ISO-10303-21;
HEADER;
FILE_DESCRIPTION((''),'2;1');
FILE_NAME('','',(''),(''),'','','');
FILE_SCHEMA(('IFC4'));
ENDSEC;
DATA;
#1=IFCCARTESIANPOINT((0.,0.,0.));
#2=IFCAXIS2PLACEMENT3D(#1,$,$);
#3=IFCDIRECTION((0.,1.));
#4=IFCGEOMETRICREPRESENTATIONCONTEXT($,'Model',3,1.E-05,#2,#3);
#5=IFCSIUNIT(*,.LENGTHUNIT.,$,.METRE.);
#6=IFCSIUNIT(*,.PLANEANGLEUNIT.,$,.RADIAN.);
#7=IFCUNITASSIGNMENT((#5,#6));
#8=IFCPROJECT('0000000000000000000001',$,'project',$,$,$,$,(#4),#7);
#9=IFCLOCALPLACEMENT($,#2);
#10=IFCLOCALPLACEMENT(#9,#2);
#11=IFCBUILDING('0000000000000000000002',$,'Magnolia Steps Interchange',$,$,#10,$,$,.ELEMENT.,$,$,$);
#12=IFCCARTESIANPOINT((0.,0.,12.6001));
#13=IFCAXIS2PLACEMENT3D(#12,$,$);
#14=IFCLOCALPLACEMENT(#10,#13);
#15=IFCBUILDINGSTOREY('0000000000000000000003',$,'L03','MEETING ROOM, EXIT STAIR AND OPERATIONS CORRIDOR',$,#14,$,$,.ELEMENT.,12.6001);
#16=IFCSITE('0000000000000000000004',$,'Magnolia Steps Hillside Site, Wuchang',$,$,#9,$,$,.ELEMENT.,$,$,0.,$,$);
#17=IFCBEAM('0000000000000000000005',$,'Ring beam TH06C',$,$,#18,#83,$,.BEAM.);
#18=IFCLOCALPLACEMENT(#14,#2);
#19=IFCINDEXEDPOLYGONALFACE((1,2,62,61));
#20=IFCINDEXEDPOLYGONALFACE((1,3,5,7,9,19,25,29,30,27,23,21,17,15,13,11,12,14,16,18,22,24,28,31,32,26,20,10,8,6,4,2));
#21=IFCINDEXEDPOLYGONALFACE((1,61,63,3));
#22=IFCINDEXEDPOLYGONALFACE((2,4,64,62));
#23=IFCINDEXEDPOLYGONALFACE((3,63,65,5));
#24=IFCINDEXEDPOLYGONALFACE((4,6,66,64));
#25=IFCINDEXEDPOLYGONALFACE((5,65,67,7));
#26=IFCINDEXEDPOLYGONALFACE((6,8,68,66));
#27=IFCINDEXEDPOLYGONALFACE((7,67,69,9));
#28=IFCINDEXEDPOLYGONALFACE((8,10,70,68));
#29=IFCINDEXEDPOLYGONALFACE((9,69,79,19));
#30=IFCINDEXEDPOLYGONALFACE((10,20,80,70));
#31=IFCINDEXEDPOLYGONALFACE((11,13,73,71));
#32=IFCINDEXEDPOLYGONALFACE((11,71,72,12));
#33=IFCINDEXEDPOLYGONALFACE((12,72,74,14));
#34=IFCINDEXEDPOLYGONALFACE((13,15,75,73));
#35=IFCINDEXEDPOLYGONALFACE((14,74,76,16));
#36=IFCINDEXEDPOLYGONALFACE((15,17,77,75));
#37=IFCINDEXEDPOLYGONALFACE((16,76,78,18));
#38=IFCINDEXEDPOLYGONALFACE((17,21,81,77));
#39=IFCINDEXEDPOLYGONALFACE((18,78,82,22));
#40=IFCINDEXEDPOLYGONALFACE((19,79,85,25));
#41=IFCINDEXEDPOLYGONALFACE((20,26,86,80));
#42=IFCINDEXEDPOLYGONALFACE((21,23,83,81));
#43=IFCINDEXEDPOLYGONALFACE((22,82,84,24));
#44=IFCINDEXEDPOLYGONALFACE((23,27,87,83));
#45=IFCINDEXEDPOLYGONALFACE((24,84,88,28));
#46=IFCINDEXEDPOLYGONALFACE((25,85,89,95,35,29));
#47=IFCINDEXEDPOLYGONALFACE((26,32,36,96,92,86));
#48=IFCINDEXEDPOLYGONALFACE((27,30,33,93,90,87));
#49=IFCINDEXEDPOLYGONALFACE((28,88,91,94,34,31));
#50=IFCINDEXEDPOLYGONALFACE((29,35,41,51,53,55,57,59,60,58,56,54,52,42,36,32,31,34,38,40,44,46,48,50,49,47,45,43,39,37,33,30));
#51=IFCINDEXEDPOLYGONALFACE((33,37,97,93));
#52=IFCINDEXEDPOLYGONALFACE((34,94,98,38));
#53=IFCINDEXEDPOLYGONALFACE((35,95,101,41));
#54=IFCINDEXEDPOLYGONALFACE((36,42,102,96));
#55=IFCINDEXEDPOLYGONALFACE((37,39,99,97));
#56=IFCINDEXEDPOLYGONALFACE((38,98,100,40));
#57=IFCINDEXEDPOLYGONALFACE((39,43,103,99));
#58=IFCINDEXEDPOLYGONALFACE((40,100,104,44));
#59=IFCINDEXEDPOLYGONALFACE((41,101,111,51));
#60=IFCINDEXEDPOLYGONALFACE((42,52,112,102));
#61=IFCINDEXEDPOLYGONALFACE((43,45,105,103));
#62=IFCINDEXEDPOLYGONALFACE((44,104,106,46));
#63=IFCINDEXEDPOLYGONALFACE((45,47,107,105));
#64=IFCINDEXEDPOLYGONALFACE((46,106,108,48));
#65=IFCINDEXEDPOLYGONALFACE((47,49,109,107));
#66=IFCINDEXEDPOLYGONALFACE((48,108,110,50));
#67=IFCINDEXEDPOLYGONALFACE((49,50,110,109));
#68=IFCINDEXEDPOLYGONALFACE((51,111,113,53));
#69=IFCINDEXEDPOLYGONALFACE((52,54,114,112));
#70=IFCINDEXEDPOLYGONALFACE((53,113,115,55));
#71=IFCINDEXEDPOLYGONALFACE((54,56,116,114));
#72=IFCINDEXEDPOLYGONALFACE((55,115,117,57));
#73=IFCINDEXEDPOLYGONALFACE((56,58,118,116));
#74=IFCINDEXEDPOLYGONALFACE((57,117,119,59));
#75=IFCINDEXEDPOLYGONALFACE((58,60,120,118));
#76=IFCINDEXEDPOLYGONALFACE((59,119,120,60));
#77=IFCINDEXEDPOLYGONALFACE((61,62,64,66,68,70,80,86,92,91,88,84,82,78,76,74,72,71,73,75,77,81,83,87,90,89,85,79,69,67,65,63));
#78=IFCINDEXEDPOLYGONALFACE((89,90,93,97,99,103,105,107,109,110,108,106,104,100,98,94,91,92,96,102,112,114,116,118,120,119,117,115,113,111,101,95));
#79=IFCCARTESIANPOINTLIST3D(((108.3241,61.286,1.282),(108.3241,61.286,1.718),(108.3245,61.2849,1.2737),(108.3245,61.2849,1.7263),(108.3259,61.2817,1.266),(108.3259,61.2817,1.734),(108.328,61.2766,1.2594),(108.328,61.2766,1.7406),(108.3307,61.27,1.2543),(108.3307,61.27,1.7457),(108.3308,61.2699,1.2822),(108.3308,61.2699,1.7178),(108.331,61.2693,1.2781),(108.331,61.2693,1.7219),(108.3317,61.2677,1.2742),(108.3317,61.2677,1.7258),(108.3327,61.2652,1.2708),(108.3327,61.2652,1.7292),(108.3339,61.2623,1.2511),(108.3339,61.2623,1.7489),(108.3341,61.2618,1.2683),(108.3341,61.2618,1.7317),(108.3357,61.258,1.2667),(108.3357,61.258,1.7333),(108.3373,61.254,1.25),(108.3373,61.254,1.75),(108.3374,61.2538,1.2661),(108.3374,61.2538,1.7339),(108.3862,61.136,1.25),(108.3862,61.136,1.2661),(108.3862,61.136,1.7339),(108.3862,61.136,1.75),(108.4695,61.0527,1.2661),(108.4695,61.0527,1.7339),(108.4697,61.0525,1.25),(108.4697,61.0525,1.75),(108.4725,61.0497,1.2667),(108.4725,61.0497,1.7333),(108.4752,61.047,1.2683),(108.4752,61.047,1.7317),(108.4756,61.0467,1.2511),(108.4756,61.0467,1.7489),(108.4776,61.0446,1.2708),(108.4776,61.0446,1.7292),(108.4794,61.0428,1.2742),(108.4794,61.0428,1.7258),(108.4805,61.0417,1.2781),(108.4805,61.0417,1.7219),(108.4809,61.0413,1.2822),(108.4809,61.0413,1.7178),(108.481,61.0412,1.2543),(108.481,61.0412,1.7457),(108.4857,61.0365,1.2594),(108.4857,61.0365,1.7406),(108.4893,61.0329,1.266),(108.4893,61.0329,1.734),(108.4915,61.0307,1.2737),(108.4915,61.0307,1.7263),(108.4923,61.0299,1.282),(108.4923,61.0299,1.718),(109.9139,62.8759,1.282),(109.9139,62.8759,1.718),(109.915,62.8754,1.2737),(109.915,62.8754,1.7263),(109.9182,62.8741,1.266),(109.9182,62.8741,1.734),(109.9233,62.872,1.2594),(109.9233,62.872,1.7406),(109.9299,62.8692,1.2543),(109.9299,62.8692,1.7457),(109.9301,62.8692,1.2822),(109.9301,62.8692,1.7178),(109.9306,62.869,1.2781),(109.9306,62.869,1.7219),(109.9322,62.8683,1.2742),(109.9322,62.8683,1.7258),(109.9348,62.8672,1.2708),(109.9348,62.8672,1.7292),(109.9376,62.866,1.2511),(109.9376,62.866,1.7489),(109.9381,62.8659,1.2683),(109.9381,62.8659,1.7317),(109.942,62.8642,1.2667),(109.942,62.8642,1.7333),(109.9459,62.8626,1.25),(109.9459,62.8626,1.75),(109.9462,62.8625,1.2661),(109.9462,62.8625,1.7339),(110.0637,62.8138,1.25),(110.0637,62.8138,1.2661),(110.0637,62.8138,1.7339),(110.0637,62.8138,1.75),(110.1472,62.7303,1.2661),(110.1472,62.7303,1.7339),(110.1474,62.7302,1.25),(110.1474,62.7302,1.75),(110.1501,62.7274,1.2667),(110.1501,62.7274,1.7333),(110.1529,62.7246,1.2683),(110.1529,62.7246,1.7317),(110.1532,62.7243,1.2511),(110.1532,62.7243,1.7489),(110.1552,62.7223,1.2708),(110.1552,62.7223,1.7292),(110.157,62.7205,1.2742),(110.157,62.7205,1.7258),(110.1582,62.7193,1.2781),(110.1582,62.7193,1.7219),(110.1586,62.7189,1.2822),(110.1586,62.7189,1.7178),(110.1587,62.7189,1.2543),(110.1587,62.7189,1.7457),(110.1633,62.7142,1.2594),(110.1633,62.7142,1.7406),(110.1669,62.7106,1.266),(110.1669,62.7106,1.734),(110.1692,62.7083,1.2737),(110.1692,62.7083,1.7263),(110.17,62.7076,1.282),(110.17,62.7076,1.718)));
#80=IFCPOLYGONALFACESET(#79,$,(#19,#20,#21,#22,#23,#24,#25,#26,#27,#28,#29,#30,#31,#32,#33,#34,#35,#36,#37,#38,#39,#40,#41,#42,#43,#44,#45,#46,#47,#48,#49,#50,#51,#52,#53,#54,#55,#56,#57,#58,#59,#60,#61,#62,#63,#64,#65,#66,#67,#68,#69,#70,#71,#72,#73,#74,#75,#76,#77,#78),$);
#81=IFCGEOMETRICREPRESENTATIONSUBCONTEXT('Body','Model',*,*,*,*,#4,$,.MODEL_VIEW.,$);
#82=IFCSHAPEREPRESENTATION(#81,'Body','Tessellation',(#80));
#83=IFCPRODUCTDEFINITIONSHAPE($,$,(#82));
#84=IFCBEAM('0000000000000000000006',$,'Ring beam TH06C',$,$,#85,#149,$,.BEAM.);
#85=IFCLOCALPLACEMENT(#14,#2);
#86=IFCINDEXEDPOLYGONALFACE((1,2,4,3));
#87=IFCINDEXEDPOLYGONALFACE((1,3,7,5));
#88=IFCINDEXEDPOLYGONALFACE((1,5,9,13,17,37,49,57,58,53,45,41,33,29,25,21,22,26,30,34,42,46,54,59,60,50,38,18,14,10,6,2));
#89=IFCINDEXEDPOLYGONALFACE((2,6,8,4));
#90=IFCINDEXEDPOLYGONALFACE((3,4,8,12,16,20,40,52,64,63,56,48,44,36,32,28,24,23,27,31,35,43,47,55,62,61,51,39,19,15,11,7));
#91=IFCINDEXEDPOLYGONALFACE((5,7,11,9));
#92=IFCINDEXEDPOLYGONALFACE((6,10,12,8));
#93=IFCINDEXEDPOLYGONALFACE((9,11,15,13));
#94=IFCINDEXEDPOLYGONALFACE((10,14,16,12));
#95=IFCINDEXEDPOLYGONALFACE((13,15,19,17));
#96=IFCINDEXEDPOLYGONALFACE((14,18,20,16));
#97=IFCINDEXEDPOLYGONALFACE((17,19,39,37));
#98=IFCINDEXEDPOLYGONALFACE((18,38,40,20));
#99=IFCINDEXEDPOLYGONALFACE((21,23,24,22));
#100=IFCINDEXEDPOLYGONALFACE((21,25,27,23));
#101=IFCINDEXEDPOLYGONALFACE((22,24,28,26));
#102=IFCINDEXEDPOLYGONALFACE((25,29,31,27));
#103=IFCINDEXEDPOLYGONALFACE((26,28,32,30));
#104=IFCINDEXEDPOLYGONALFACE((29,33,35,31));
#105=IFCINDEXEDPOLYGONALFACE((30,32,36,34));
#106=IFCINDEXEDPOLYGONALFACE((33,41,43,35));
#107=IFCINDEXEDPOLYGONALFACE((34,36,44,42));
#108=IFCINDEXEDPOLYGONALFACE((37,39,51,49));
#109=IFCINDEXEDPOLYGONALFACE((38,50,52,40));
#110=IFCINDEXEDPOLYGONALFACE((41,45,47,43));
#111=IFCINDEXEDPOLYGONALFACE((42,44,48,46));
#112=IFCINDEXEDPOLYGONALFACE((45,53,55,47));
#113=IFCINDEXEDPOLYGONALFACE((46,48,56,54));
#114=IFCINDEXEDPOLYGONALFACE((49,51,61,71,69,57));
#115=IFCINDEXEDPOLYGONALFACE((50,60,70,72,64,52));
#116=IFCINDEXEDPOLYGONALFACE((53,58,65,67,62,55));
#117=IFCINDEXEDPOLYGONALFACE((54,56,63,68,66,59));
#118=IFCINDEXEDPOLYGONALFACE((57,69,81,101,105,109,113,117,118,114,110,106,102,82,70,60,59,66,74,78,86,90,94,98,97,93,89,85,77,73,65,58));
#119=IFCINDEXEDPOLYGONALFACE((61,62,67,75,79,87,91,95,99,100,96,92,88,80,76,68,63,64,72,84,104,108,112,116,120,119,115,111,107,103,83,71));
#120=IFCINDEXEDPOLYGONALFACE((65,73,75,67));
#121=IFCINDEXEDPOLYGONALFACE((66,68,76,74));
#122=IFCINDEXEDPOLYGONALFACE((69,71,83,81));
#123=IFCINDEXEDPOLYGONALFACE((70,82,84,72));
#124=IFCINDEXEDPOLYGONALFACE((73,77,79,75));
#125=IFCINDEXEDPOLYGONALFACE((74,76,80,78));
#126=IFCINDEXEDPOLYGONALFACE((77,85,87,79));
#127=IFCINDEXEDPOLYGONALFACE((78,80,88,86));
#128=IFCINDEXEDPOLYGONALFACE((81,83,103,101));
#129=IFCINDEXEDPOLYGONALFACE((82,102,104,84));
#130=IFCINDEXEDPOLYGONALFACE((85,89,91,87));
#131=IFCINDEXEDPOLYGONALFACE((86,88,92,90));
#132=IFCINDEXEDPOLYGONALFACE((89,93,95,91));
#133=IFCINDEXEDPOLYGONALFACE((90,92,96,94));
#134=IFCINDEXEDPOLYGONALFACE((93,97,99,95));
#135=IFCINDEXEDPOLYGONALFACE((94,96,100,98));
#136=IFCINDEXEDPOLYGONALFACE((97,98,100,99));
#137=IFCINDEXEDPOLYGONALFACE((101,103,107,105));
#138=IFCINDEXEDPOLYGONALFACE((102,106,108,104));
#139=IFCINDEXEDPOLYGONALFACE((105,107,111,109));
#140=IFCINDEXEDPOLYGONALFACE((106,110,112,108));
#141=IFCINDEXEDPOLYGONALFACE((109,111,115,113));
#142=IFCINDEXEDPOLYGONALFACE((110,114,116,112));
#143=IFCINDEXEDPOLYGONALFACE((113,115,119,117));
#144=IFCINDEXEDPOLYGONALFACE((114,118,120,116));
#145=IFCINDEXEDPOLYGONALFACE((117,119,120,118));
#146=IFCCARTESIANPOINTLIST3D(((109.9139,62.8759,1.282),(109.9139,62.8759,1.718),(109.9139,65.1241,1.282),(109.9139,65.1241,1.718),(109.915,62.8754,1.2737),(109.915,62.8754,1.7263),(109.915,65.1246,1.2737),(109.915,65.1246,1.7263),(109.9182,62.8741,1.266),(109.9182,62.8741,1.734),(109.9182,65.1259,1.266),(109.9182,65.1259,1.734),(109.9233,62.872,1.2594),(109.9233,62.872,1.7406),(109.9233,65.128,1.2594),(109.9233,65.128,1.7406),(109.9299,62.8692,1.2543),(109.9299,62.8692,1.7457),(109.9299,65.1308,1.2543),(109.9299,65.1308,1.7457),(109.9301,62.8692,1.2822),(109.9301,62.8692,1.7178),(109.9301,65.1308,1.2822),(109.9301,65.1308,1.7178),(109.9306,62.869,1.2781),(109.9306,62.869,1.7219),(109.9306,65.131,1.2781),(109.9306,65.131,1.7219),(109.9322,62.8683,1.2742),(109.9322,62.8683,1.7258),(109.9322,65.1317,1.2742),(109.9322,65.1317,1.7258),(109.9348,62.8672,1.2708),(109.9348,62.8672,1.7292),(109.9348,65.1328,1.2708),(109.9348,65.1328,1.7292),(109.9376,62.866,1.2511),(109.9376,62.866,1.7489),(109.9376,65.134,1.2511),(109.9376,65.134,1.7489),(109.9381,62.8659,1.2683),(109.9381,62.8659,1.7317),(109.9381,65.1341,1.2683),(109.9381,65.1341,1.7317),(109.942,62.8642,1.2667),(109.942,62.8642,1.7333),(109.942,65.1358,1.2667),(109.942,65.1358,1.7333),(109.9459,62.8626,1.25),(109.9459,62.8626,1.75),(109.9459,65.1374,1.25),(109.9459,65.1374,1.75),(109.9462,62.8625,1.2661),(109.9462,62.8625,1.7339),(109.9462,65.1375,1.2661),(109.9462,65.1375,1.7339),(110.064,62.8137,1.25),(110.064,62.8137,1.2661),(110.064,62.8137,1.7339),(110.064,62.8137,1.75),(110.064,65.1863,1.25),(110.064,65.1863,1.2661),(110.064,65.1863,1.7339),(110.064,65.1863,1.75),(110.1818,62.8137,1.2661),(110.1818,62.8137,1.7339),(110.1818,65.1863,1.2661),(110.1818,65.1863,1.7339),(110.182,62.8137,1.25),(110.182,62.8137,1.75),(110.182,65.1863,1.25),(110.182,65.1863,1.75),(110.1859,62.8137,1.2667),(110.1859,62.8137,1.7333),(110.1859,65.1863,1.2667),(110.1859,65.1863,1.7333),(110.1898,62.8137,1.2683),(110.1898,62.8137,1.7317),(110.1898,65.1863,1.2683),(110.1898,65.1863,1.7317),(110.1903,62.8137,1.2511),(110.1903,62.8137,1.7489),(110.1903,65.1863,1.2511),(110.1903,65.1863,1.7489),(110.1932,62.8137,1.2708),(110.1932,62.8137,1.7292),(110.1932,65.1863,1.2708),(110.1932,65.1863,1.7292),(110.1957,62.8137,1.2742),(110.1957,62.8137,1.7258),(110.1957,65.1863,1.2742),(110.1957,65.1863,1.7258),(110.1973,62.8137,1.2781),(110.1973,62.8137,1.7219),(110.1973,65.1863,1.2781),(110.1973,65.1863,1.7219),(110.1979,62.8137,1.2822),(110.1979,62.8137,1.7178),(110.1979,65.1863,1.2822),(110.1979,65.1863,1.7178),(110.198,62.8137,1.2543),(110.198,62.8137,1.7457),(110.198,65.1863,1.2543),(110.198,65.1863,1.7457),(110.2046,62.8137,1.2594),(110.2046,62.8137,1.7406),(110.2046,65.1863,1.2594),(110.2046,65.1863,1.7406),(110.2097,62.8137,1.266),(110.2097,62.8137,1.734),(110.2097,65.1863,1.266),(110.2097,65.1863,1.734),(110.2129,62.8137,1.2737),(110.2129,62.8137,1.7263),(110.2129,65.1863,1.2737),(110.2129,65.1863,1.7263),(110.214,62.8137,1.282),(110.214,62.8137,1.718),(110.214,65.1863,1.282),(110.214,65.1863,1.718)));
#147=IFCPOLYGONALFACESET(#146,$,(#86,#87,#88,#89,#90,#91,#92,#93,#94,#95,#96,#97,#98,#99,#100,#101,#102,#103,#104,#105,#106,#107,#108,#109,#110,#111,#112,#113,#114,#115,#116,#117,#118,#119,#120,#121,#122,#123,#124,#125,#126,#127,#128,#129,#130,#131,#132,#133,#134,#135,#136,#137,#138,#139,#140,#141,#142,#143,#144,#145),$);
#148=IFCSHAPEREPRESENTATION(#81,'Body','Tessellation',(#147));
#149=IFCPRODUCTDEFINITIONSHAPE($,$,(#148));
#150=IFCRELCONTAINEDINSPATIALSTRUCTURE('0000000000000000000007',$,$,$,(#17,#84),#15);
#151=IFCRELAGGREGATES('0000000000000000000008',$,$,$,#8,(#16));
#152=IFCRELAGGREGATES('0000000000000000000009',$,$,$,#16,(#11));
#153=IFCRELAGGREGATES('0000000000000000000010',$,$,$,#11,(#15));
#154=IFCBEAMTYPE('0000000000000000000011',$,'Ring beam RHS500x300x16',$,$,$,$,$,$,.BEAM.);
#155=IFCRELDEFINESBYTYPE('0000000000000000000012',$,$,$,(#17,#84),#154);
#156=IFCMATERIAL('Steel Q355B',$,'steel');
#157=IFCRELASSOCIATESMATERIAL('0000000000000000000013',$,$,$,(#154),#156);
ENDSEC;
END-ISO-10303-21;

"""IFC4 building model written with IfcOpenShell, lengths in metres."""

from ifc_helpers import new_model, si_unit, direction, frame, origin, origin_2d, place, context, subcontext, project, spatial, hollow_rectangle, extrude, clip, halfspace, material, material_profile, profile_set, type_object, element, save


model = new_model("IFC4")

# Units and contexts
model_context = context("Model", 3, precision=1e-05, world=origin(), true_north=direction((0.0, 1.0)))
body_context = subcontext(model_context, "Body", "Model", "MODEL_VIEW")
ifc_project = project(units=[si_unit("LENGTHUNIT", "METRE"), si_unit("PLANEANGLEUNIT", "RADIAN")], contexts=[model_context])

# Site, building, storey
site_placement = place(None, origin())
site = spatial("IfcSite", under=ifc_project, at=site_placement, Name="Magnolia Steps Hillside Site, Wuchang", CompositionType="ELEMENT", RefElevation=0.0)
building_placement = place(site_placement, origin())
building = spatial("IfcBuilding", under=site, at=building_placement, Name="Magnolia Steps Interchange", CompositionType="ELEMENT")
storey_placement = place(building_placement, frame((0.0, 0.0, 12.6001)))
storey = spatial("IfcBuildingStorey", under=building, at=storey_placement, Name="L03", Description="MEETING ROOM, EXIT STAIR AND OPERATIONS CORRIDOR", CompositionType="ELEMENT", Elevation=12.6001)

# Beams
ifc_material_1 = material(Name="Steel Q355B", Category="steel")
ifc_material_profile_1 = material_profile(ifc_material_1, hollow_rectangle(XDim=0.3, YDim=0.5, WallThickness=0.0161, InnerFilletRadius=0.0161, OuterFilletRadius=0.032, at=origin_2d()), Name="RHS500x300x16")
ifc_profile_set_1 = profile_set([ifc_material_profile_1], Name="Steel Q355B")
beam_type_1 = type_object("IfcBeamType", Name="Ring beam RHS500x300x16", PredefinedType="BEAM", material=ifc_profile_set_1)
beam_1_placement = place(storey_placement, frame((108.3862, 61.136, 1.5), z_axis=(0.707107, 0.707107, 0.0), x_axis=(-0.707107, 0.707107, 0.0)))
element("IfcBeam", 1, at=beam_1_placement, inside=storey, type_object=beam_type_1, Name="Ring beam TH06C", PredefinedType="BEAM", context=body_context, shape_type="Clipping", body=[
    clip(clip(extrude(hollow_rectangle(XDim=0.3, YDim=0.5, WallThickness=0.0161, InnerFilletRadius=0.0161, OuterFilletRadius=0.032, at=origin_2d()), origin(), (0.0, 0.0, 1.0), 2.3726), halfspace(frame((0.0, 0.0, 0.0), z_axis=(0.382683, 0.0, -0.92388), x_axis=(0.92388, 0.0, 0.382683)), False)), halfspace(frame((0.0, 0.0, 2.3727), z_axis=(0.382683, 0.0, 0.92388), x_axis=(0.92388, 0.0, -0.382683)), False)),
])
beam_2_placement = place(storey_placement, frame((110.064, 62.8137, 1.5), z_axis=(0.0, 1.0, 0.0), x_axis=(-1.0, 0.0, 0.0)))
element("IfcBeam", 2, at=beam_2_placement, inside=storey, type_object=beam_type_1, Name="Ring beam TH06C", PredefinedType="BEAM", context=body_context, shape_type="Clipping", body=[
    clip(clip(extrude(hollow_rectangle(XDim=0.3, YDim=0.5, WallThickness=0.0161, InnerFilletRadius=0.0161, OuterFilletRadius=0.032, at=origin_2d()), origin(), (0.0, 0.0, 1.0), 2.3726), halfspace(frame((0.0, 0.0, 0.0), z_axis=(0.382683, 0.0, -0.92388), x_axis=(0.92388, 0.0, 0.382683)), False)), halfspace(frame((0.0, 0.0, 2.3726), z_axis=(0.382683, 0.0, 0.92388), x_axis=(0.92388, 0.0, -0.382683)), False)),
])

save(model, "model.ifc")
